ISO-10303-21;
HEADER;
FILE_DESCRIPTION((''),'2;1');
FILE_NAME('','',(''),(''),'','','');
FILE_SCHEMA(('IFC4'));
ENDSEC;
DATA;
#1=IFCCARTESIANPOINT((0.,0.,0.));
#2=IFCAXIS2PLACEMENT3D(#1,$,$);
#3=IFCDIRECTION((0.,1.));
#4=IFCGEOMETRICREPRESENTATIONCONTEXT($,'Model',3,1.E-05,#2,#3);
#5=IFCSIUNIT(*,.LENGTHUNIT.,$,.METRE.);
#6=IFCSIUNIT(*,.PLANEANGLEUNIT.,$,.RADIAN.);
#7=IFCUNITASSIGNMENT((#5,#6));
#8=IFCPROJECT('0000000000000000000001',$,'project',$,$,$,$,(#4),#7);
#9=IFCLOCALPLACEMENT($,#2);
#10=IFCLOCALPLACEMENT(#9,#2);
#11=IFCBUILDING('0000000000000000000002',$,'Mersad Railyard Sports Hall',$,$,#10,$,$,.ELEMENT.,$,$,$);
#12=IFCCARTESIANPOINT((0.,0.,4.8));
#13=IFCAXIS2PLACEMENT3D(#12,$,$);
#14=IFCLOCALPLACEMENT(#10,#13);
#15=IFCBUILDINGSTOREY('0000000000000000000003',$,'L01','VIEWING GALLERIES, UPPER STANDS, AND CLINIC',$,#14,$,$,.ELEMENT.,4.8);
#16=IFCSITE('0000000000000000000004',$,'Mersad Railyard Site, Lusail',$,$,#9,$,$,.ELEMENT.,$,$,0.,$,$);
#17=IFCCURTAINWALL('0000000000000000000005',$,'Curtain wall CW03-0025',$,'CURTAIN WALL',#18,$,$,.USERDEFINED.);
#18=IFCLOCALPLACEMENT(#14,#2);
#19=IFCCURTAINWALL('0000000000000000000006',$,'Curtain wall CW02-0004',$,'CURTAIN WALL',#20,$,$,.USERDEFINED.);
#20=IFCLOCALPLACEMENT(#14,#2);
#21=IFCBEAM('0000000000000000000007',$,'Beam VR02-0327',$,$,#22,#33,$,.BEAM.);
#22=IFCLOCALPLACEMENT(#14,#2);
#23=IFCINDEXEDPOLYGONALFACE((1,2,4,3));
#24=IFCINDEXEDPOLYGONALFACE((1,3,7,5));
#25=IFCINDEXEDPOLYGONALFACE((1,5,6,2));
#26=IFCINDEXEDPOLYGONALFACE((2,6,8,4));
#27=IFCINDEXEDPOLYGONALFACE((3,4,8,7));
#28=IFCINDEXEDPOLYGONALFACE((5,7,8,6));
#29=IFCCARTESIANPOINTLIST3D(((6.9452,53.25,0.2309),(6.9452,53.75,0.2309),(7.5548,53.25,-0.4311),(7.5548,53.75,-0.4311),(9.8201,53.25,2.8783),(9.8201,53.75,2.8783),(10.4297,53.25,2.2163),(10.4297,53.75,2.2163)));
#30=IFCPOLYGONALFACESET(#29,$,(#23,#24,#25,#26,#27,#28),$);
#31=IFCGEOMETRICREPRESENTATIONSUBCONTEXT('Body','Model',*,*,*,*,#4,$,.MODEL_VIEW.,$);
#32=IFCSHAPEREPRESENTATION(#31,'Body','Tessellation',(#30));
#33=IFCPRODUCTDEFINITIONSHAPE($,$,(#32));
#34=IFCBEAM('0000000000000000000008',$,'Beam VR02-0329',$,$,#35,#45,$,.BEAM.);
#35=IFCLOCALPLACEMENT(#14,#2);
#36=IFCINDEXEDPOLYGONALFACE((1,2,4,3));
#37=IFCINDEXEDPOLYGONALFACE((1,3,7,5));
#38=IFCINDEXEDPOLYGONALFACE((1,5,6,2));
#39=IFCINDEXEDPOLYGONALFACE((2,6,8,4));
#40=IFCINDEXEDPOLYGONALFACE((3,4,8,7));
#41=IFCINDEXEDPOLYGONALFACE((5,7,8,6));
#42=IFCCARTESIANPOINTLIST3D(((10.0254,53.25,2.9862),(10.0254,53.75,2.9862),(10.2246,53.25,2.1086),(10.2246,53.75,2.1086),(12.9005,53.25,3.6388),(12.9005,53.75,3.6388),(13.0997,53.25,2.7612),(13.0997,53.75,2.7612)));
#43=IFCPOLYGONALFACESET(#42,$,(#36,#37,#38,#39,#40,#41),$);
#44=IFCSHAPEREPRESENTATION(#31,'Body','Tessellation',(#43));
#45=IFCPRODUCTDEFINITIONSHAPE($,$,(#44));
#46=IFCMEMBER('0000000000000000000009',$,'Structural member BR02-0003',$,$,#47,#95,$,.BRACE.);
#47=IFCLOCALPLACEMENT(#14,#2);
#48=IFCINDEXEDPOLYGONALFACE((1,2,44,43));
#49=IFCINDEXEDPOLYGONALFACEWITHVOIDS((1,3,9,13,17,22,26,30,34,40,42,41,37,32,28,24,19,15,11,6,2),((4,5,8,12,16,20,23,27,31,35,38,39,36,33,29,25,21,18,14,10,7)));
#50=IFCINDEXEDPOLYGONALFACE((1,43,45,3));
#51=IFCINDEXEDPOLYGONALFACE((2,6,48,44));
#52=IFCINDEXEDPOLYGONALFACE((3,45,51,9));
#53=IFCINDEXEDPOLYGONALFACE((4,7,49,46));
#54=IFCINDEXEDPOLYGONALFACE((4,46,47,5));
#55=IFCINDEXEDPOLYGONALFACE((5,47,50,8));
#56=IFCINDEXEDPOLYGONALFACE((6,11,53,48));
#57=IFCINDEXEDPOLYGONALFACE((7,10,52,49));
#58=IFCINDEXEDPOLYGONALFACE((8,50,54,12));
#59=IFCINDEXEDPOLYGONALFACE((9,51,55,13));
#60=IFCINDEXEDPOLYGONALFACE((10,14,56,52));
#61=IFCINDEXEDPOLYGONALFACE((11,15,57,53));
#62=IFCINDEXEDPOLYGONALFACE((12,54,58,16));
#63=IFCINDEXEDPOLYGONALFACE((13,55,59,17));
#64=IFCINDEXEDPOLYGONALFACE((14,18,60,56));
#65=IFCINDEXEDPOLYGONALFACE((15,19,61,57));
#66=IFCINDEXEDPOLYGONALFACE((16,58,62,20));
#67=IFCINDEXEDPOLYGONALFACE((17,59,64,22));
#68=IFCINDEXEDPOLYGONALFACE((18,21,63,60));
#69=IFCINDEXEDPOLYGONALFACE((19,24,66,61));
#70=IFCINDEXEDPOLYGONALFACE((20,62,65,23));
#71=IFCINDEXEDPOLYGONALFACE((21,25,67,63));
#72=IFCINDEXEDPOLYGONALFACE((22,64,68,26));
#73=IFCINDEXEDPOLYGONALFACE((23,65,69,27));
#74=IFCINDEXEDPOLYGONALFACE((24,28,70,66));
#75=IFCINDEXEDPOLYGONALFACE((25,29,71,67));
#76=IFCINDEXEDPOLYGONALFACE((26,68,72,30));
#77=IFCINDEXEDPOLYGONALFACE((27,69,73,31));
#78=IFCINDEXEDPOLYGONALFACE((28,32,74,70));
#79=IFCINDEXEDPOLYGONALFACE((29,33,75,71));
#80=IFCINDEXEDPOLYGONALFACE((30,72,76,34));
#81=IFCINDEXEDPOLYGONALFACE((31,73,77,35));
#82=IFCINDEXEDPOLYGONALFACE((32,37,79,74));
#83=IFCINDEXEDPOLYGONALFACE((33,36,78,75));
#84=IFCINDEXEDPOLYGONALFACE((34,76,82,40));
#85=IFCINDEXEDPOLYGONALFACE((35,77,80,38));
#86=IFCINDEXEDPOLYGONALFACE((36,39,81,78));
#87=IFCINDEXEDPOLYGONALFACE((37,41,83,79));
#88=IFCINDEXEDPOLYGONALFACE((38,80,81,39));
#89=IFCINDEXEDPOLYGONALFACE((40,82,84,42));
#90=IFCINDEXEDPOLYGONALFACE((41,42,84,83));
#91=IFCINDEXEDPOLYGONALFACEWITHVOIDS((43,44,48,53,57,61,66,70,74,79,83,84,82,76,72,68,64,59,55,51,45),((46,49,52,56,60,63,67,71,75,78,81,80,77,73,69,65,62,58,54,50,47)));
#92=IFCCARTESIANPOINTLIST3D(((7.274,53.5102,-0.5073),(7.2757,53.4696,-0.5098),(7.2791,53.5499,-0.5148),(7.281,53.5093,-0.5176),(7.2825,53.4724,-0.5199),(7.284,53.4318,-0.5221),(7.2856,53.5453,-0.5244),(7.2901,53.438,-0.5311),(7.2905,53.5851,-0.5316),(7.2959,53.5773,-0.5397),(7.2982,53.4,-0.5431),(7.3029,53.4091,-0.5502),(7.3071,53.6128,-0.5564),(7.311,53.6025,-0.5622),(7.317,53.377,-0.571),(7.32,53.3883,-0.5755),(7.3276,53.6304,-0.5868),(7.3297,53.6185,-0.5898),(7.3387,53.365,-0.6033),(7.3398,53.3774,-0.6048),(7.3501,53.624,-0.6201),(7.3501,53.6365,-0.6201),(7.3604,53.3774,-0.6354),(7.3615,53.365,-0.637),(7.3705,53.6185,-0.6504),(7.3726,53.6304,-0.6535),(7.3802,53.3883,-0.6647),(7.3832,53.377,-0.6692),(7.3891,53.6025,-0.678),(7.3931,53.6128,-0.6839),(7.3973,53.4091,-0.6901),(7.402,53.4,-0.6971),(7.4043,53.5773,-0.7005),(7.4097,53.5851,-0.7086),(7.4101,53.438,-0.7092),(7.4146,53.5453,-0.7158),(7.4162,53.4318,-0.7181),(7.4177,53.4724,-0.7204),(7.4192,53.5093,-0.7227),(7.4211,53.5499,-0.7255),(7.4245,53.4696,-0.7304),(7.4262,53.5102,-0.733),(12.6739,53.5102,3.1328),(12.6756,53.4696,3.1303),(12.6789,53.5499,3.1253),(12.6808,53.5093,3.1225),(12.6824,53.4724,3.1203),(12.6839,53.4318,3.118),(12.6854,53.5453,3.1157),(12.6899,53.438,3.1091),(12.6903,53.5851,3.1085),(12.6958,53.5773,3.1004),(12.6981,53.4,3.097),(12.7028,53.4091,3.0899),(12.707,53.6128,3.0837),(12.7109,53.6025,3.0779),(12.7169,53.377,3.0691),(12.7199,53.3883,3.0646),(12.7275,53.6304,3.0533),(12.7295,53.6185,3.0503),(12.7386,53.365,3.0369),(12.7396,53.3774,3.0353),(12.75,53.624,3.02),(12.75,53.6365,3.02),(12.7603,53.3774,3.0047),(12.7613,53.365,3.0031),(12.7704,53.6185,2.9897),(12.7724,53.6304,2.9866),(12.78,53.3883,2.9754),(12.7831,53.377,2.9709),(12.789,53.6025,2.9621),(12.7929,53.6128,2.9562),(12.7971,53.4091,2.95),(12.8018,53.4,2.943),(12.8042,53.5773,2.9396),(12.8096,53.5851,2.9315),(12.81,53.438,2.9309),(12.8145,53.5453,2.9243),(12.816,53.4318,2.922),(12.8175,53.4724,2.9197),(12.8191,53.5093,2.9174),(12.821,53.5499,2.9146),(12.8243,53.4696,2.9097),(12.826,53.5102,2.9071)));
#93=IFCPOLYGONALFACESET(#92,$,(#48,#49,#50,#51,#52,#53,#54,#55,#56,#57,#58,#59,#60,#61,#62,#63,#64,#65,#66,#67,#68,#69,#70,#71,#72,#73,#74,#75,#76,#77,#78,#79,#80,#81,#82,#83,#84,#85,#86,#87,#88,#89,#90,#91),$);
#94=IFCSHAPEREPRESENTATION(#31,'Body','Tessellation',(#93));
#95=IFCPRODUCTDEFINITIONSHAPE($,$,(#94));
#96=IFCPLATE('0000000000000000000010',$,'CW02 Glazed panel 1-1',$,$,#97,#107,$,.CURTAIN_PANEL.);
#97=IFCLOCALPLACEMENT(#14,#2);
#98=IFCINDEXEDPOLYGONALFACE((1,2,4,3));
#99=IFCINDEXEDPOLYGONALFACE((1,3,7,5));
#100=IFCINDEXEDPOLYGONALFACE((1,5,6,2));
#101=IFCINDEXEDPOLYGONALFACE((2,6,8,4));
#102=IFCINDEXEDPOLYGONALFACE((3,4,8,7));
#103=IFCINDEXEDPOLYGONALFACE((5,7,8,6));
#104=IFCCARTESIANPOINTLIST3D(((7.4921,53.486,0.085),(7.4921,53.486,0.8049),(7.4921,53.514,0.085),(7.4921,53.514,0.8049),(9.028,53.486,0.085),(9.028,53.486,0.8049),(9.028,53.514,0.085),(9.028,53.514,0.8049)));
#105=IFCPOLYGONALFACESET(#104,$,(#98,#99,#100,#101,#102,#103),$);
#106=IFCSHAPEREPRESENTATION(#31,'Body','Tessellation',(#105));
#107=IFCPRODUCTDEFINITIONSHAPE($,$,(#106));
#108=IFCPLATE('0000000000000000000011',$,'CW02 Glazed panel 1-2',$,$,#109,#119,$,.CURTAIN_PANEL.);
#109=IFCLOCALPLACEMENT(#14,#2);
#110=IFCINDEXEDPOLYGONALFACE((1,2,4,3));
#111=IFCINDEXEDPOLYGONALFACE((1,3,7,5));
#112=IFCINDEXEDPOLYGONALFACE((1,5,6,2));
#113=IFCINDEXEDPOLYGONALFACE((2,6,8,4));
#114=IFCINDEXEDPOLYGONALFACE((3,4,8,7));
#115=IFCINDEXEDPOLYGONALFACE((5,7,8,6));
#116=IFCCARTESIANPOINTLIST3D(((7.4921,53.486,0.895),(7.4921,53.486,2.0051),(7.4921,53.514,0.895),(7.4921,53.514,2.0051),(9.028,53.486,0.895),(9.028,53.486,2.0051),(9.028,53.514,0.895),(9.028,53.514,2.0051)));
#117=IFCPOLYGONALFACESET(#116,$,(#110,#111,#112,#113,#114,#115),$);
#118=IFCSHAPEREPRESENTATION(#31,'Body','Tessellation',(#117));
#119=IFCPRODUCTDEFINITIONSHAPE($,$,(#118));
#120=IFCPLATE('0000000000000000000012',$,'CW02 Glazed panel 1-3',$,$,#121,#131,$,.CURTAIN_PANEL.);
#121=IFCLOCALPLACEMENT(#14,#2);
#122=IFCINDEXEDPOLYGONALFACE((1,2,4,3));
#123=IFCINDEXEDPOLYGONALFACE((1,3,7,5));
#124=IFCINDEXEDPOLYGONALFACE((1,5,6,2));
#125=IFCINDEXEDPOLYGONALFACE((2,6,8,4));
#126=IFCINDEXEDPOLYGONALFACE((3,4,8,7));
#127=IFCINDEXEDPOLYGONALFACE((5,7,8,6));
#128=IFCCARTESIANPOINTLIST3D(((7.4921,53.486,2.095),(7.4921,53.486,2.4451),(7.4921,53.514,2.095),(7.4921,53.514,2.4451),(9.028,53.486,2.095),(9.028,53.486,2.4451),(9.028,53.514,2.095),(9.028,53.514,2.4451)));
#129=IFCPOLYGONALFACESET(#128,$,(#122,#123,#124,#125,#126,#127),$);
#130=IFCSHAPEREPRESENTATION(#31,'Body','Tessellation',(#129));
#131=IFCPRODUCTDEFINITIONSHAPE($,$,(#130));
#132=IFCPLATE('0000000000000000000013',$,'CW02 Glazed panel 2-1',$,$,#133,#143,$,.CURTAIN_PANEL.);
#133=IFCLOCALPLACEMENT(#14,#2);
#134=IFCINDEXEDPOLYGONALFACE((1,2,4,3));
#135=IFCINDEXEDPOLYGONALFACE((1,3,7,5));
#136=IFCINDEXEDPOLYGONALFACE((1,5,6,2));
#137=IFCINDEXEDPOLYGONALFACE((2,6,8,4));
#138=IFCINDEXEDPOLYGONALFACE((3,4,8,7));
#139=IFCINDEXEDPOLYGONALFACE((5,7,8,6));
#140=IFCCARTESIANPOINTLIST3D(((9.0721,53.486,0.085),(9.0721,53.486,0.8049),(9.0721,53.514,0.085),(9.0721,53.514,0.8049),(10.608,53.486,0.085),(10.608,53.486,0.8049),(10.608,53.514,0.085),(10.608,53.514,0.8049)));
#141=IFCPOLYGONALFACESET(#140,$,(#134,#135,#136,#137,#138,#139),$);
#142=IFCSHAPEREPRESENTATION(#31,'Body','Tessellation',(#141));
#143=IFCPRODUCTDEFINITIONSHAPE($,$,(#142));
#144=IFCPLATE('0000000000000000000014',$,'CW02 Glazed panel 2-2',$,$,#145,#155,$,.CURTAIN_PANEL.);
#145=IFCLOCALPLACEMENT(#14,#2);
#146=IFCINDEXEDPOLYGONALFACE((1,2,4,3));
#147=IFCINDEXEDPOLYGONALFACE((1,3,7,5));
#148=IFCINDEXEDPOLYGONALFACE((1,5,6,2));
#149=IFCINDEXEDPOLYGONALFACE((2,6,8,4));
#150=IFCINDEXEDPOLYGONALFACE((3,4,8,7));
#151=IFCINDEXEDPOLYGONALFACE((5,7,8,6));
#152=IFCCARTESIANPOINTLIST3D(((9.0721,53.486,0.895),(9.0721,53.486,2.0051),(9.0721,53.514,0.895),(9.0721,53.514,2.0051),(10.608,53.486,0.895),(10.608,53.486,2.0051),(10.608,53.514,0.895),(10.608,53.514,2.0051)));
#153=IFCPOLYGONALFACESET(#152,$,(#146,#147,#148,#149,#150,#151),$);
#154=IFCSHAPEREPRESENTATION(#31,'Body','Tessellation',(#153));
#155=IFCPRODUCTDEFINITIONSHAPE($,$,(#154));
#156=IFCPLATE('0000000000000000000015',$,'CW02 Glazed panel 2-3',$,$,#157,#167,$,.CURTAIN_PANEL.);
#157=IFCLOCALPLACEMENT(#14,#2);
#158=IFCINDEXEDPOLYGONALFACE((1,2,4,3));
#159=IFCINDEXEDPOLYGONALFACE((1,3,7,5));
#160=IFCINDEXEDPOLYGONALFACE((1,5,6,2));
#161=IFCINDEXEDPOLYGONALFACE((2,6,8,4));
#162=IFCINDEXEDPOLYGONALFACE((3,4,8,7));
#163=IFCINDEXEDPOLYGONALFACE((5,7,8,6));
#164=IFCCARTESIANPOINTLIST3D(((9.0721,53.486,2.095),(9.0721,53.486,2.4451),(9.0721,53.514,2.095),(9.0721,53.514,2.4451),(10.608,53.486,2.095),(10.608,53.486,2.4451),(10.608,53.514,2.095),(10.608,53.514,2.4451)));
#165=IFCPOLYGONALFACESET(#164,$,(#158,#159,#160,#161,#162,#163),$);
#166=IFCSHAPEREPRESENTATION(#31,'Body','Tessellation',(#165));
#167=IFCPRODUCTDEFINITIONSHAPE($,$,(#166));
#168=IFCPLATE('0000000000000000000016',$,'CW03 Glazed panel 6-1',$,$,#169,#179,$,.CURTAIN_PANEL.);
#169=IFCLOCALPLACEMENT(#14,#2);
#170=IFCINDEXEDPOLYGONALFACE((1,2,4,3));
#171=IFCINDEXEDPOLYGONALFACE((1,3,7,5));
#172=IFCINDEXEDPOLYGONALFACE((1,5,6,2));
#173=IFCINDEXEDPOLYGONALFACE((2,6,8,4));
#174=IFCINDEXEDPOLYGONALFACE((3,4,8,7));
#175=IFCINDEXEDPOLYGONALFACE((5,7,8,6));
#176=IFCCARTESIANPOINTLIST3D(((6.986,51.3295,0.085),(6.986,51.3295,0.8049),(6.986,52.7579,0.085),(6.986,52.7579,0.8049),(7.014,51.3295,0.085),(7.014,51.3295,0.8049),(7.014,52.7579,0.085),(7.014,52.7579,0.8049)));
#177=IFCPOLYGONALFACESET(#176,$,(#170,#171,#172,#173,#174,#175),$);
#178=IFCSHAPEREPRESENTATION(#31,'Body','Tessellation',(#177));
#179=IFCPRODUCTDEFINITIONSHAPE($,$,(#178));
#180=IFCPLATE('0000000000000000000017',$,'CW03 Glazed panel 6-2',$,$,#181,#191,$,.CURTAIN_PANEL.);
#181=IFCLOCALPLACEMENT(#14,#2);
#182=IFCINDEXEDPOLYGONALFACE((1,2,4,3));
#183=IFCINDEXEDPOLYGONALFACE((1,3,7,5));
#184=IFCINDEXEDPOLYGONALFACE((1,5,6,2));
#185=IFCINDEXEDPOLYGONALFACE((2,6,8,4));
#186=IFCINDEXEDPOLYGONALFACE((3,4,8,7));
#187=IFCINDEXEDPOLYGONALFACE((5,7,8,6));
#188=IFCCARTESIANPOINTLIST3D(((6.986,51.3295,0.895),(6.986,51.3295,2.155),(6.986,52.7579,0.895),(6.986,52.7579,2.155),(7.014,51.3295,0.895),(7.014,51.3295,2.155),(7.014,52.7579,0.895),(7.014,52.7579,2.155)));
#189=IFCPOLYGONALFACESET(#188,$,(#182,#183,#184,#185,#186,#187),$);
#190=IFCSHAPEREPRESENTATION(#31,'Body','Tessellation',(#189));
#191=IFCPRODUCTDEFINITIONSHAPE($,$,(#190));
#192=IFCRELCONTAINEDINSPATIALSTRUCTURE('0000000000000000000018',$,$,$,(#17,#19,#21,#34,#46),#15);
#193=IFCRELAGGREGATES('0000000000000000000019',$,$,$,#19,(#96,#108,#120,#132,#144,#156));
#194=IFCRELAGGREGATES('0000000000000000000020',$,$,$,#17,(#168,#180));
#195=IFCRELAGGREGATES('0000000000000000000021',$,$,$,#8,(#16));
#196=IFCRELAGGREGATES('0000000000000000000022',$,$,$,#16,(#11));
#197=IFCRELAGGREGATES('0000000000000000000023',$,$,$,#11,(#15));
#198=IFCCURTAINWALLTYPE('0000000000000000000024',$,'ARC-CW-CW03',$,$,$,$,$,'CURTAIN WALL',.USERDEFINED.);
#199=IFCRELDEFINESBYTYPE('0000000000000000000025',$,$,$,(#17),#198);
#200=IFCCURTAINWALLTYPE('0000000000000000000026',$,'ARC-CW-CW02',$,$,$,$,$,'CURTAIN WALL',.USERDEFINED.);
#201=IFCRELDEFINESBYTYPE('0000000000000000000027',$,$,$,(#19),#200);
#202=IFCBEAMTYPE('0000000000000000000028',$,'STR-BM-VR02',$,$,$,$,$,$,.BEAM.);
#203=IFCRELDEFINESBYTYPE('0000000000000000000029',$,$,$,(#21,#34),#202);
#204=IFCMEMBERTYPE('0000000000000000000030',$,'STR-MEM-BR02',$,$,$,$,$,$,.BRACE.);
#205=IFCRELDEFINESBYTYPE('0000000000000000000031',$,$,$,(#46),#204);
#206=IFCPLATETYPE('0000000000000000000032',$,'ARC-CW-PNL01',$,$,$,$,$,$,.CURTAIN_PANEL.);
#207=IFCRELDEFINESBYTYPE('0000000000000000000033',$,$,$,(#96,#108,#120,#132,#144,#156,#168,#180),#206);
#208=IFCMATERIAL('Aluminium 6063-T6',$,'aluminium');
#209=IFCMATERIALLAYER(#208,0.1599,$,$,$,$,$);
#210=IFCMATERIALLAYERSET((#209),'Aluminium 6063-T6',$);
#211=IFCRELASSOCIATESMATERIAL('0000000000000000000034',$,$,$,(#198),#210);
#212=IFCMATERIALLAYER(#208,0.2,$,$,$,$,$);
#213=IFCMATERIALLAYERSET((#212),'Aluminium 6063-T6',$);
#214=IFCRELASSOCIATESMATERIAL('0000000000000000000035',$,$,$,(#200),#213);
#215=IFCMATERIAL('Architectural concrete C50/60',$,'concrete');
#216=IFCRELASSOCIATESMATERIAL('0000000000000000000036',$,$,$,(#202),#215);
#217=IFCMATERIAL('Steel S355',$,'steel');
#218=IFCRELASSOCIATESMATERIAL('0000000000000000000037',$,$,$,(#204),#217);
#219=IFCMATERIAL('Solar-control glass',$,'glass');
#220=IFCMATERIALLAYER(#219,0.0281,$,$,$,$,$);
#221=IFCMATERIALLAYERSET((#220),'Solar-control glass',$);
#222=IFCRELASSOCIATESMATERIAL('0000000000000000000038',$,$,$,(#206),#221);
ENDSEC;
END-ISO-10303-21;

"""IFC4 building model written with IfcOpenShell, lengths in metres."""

from ifc_helpers import new_model, si_unit, direction, frame, origin, origin_2d, place, context, subcontext, project, spatial, rectangle, hollow_circle, extrude, material, layer, layer_set, material_profile, profile_set, type_object, element, aggregate, save


model = new_model("IFC4")

# Units and contexts
model_context = context("Model", 3, precision=1e-05, world=origin(), true_north=direction((0.0, 1.0)))
body_context = subcontext(model_context, "Body", "Model", "MODEL_VIEW")
ifc_project = project(units=[si_unit("LENGTHUNIT", "METRE"), si_unit("PLANEANGLEUNIT", "RADIAN")], contexts=[model_context])

# Site, building, storey
site_placement = place(None, origin())
site = spatial("IfcSite", under=ifc_project, at=site_placement, Name="Mersad Railyard Site, Lusail", CompositionType="ELEMENT", RefElevation=0.0)
building_placement = place(site_placement, origin())
building = spatial("IfcBuilding", under=site, at=building_placement, Name="Mersad Railyard Sports Hall", CompositionType="ELEMENT")
storey_placement = place(building_placement, frame((0.0, 0.0, 4.8)))
storey = spatial("IfcBuildingStorey", under=building, at=storey_placement, Name="L01", Description="VIEWING GALLERIES, UPPER STANDS, AND CLINIC", CompositionType="ELEMENT", Elevation=4.8)

# Shared definitions
ifc_material_1 = material(Name="Architectural concrete C50/60", Category="concrete")

# Curtain wall
ifc_material_2 = material(Name="Aluminium 6063-T6", Category="aluminium")
ifc_layer_1 = layer(ifc_material_2, 0.1599)
ifc_layer_set_1 = layer_set([ifc_layer_1], Name="Aluminium 6063-T6")
curtain_wall_type_1 = type_object("IfcCurtainWallType", Name="ARC-CW-CW03", ElementType="CURTAIN WALL", PredefinedType="USERDEFINED", material=ifc_layer_set_1)
curtain_wall_1_placement = place(storey_placement, origin())
curtain_wall_1 = element("IfcCurtainWall", 1, at=curtain_wall_1_placement, inside=storey, type_object=curtain_wall_type_1, Name="Curtain wall CW03-0025", ObjectType="CURTAIN WALL", PredefinedType="USERDEFINED")

# Curtain wall
ifc_layer_2 = layer(ifc_material_2, 0.2)
ifc_layer_set_2 = layer_set([ifc_layer_2], Name="Aluminium 6063-T6")
curtain_wall_type_2 = type_object("IfcCurtainWallType", Name="ARC-CW-CW02", ElementType="CURTAIN WALL", PredefinedType="USERDEFINED", material=ifc_layer_set_2)
curtain_wall_2_placement = place(storey_placement, origin())
curtain_wall_2 = element("IfcCurtainWall", 2, at=curtain_wall_2_placement, inside=storey, type_object=curtain_wall_type_2, Name="Curtain wall CW02-0004", ObjectType="CURTAIN WALL", PredefinedType="USERDEFINED")

# Beams
ifc_material_profile_1 = material_profile(ifc_material_1, rectangle(XDim=0.5, YDim=0.8999, at=origin_2d()), Name="VR 500x900")
ifc_profile_set_1 = profile_set([ifc_material_profile_1], Name="Architectural concrete C50/60")
beam_type_1 = type_object("IfcBeamType", Name="STR-BM-VR02", PredefinedType="BEAM", material=ifc_profile_set_1)
beam_1_placement = place(storey_placement, frame((7.25, 53.5, -0.1001), z_axis=(0.735617, 0.0, 0.677397), x_axis=(0.0, 1.0, 0.0)))
element("IfcBeam", 3, at=beam_1_placement, inside=storey, type_object=beam_type_1, Name="Beam VR02-0327", PredefinedType="BEAM", context=body_context, shape_type="SweptSolid", body=[
    extrude(rectangle(XDim=0.5, YDim=0.8999, at=origin_2d()), origin(), (0.0, 0.0, 1.0), 3.9082),
])
beam_2_placement = place(storey_placement, frame((10.125, 53.5, 2.5474), z_axis=(0.975193, 0.0, 0.221356), x_axis=(0.0, 1.0, 0.0)))
element("IfcBeam", 4, at=beam_2_placement, inside=storey, type_object=beam_type_1, Name="Beam VR02-0329", PredefinedType="BEAM", context=body_context, shape_type="SweptSolid", body=[
    extrude(rectangle(XDim=0.5, YDim=0.8999, at=origin_2d()), origin(), (0.0, 0.0, 1.0), 2.9482),
])

# Member
ifc_material_3 = material(Name="Steel S355", Category="steel")
ifc_material_profile_2 = material_profile(ifc_material_3, hollow_circle(Radius=0.1365, WallThickness=0.0125, at=origin_2d()), Name="CHS 273x12.5")
ifc_profile_set_2 = profile_set([ifc_material_profile_2], Name="Steel S355")
member_type_1 = type_object("IfcMemberType", Name="STR-MEM-BR02", PredefinedType="BRACE", material=ifc_profile_set_2)
member_1_placement = place(storey_placement, frame((7.3501, 53.5, -0.6201), z_axis=(0.82919, 0.0, 0.558967), x_axis=(0.0, 1.0, 0.0)))
element("IfcMember", 5, at=member_1_placement, inside=storey, type_object=member_type_1, Name="Structural member BR02-0003", PredefinedType="BRACE", context=body_context, shape_type="SweptSolid", body=[
    extrude(hollow_circle(Radius=0.1365, WallThickness=0.0125, at=origin_2d()), origin(), (0.0, 0.0, 1.0), 6.5122),
])

# Plates
ifc_material_4 = material(Name="Solar-control glass", Category="glass")
ifc_layer_3 = layer(ifc_material_4, 0.0281)
ifc_layer_set_3 = layer_set([ifc_layer_3], Name="Solar-control glass")
plate_type_1 = type_object("IfcPlateType", Name="ARC-CW-PNL01", PredefinedType="CURTAIN_PANEL", material=ifc_layer_set_3)
plate_1_placement = place(storey_placement, frame((8.26, 53.5, 0.085), z_axis=(0.0, 0.0, 1.0), x_axis=(1.0, 0.0, 0.0)))
plate_1 = element("IfcPlate", 6, at=plate_1_placement, type_object=plate_type_1, Name="CW02 Glazed panel 1-1", PredefinedType="CURTAIN_PANEL", context=body_context, shape_type="SweptSolid", body=[
    extrude(rectangle(XDim=1.5359, YDim=0.0281, at=origin_2d()), origin(), (0.0, 0.0, 1.0), 0.72),
])
plate_2_placement = place(storey_placement, frame((8.26, 53.5, 0.895), z_axis=(0.0, 0.0, 1.0), x_axis=(1.0, 0.0, 0.0)))
plate_2 = element("IfcPlate", 7, at=plate_2_placement, type_object=plate_type_1, Name="CW02 Glazed panel 1-2", PredefinedType="CURTAIN_PANEL", context=body_context, shape_type="SweptSolid", body=[
    extrude(rectangle(XDim=1.5359, YDim=0.0281, at=origin_2d()), origin(), (0.0, 0.0, 1.0), 1.1101),
])
plate_3_placement = place(storey_placement, frame((8.26, 53.5, 2.095), z_axis=(0.0, 0.0, 1.0), x_axis=(1.0, 0.0, 0.0)))
plate_3 = element("IfcPlate", 8, at=plate_3_placement, type_object=plate_type_1, Name="CW02 Glazed panel 1-3", PredefinedType="CURTAIN_PANEL", context=body_context, shape_type="SweptSolid", body=[
    extrude(rectangle(XDim=1.5359, YDim=0.0281, at=origin_2d()), origin(), (0.0, 0.0, 1.0), 0.3501),
])
plate_4_placement = place(storey_placement, frame((9.8401, 53.5, 0.085), z_axis=(0.0, 0.0, 1.0), x_axis=(1.0, 0.0, 0.0)))
plate_4 = element("IfcPlate", 9, at=plate_4_placement, type_object=plate_type_1, Name="CW02 Glazed panel 2-1", PredefinedType="CURTAIN_PANEL", context=body_context, shape_type="SweptSolid", body=[
    extrude(rectangle(XDim=1.5359, YDim=0.0281, at=origin_2d()), origin(), (0.0, 0.0, 1.0), 0.72),
])
plate_5_placement = place(storey_placement, frame((9.8401, 53.5, 0.895), z_axis=(0.0, 0.0, 1.0), x_axis=(1.0, 0.0, 0.0)))
plate_5 = element("IfcPlate", 10, at=plate_5_placement, type_object=plate_type_1, Name="CW02 Glazed panel 2-2", PredefinedType="CURTAIN_PANEL", context=body_context, shape_type="SweptSolid", body=[
    extrude(rectangle(XDim=1.5359, YDim=0.0281, at=origin_2d()), origin(), (0.0, 0.0, 1.0), 1.1101),
])
plate_6_placement = place(storey_placement, frame((9.8401, 53.5, 2.095), z_axis=(0.0, 0.0, 1.0), x_axis=(1.0, 0.0, 0.0)))
plate_6 = element("IfcPlate", 11, at=plate_6_placement, type_object=plate_type_1, Name="CW02 Glazed panel 2-3", PredefinedType="CURTAIN_PANEL", context=body_context, shape_type="SweptSolid", body=[
    extrude(rectangle(XDim=1.5359, YDim=0.0281, at=origin_2d()), origin(), (0.0, 0.0, 1.0), 0.3501),
])
aggregate(curtain_wall_2, [plate_1, plate_2, plate_3, plate_4, plate_5, plate_6])
plate_7_placement = place(storey_placement, frame((7.0, 52.0437, 0.085), z_axis=(0.0, 0.0, 1.0), x_axis=(0.0, 1.0, 0.0)))
plate_7 = element("IfcPlate", 12, at=plate_7_placement, type_object=plate_type_1, Name="CW03 Glazed panel 6-1", PredefinedType="CURTAIN_PANEL", context=body_context, shape_type="SweptSolid", body=[
    extrude(rectangle(XDim=1.4285, YDim=0.0281, at=origin_2d()), origin(), (0.0, 0.0, 1.0), 0.72),
])
plate_8_placement = place(storey_placement, frame((7.0, 52.0437, 0.895), z_axis=(0.0, 0.0, 1.0), x_axis=(0.0, 1.0, 0.0)))
plate_8 = element("IfcPlate", 13, at=plate_8_placement, type_object=plate_type_1, Name="CW03 Glazed panel 6-2", PredefinedType="CURTAIN_PANEL", context=body_context, shape_type="SweptSolid", body=[
    extrude(rectangle(XDim=1.4285, YDim=0.0281, at=origin_2d()), origin(), (0.0, 0.0, 1.0), 1.26),
])
aggregate(curtain_wall_1, [plate_7, plate_8])

save(model, "model.ifc")
